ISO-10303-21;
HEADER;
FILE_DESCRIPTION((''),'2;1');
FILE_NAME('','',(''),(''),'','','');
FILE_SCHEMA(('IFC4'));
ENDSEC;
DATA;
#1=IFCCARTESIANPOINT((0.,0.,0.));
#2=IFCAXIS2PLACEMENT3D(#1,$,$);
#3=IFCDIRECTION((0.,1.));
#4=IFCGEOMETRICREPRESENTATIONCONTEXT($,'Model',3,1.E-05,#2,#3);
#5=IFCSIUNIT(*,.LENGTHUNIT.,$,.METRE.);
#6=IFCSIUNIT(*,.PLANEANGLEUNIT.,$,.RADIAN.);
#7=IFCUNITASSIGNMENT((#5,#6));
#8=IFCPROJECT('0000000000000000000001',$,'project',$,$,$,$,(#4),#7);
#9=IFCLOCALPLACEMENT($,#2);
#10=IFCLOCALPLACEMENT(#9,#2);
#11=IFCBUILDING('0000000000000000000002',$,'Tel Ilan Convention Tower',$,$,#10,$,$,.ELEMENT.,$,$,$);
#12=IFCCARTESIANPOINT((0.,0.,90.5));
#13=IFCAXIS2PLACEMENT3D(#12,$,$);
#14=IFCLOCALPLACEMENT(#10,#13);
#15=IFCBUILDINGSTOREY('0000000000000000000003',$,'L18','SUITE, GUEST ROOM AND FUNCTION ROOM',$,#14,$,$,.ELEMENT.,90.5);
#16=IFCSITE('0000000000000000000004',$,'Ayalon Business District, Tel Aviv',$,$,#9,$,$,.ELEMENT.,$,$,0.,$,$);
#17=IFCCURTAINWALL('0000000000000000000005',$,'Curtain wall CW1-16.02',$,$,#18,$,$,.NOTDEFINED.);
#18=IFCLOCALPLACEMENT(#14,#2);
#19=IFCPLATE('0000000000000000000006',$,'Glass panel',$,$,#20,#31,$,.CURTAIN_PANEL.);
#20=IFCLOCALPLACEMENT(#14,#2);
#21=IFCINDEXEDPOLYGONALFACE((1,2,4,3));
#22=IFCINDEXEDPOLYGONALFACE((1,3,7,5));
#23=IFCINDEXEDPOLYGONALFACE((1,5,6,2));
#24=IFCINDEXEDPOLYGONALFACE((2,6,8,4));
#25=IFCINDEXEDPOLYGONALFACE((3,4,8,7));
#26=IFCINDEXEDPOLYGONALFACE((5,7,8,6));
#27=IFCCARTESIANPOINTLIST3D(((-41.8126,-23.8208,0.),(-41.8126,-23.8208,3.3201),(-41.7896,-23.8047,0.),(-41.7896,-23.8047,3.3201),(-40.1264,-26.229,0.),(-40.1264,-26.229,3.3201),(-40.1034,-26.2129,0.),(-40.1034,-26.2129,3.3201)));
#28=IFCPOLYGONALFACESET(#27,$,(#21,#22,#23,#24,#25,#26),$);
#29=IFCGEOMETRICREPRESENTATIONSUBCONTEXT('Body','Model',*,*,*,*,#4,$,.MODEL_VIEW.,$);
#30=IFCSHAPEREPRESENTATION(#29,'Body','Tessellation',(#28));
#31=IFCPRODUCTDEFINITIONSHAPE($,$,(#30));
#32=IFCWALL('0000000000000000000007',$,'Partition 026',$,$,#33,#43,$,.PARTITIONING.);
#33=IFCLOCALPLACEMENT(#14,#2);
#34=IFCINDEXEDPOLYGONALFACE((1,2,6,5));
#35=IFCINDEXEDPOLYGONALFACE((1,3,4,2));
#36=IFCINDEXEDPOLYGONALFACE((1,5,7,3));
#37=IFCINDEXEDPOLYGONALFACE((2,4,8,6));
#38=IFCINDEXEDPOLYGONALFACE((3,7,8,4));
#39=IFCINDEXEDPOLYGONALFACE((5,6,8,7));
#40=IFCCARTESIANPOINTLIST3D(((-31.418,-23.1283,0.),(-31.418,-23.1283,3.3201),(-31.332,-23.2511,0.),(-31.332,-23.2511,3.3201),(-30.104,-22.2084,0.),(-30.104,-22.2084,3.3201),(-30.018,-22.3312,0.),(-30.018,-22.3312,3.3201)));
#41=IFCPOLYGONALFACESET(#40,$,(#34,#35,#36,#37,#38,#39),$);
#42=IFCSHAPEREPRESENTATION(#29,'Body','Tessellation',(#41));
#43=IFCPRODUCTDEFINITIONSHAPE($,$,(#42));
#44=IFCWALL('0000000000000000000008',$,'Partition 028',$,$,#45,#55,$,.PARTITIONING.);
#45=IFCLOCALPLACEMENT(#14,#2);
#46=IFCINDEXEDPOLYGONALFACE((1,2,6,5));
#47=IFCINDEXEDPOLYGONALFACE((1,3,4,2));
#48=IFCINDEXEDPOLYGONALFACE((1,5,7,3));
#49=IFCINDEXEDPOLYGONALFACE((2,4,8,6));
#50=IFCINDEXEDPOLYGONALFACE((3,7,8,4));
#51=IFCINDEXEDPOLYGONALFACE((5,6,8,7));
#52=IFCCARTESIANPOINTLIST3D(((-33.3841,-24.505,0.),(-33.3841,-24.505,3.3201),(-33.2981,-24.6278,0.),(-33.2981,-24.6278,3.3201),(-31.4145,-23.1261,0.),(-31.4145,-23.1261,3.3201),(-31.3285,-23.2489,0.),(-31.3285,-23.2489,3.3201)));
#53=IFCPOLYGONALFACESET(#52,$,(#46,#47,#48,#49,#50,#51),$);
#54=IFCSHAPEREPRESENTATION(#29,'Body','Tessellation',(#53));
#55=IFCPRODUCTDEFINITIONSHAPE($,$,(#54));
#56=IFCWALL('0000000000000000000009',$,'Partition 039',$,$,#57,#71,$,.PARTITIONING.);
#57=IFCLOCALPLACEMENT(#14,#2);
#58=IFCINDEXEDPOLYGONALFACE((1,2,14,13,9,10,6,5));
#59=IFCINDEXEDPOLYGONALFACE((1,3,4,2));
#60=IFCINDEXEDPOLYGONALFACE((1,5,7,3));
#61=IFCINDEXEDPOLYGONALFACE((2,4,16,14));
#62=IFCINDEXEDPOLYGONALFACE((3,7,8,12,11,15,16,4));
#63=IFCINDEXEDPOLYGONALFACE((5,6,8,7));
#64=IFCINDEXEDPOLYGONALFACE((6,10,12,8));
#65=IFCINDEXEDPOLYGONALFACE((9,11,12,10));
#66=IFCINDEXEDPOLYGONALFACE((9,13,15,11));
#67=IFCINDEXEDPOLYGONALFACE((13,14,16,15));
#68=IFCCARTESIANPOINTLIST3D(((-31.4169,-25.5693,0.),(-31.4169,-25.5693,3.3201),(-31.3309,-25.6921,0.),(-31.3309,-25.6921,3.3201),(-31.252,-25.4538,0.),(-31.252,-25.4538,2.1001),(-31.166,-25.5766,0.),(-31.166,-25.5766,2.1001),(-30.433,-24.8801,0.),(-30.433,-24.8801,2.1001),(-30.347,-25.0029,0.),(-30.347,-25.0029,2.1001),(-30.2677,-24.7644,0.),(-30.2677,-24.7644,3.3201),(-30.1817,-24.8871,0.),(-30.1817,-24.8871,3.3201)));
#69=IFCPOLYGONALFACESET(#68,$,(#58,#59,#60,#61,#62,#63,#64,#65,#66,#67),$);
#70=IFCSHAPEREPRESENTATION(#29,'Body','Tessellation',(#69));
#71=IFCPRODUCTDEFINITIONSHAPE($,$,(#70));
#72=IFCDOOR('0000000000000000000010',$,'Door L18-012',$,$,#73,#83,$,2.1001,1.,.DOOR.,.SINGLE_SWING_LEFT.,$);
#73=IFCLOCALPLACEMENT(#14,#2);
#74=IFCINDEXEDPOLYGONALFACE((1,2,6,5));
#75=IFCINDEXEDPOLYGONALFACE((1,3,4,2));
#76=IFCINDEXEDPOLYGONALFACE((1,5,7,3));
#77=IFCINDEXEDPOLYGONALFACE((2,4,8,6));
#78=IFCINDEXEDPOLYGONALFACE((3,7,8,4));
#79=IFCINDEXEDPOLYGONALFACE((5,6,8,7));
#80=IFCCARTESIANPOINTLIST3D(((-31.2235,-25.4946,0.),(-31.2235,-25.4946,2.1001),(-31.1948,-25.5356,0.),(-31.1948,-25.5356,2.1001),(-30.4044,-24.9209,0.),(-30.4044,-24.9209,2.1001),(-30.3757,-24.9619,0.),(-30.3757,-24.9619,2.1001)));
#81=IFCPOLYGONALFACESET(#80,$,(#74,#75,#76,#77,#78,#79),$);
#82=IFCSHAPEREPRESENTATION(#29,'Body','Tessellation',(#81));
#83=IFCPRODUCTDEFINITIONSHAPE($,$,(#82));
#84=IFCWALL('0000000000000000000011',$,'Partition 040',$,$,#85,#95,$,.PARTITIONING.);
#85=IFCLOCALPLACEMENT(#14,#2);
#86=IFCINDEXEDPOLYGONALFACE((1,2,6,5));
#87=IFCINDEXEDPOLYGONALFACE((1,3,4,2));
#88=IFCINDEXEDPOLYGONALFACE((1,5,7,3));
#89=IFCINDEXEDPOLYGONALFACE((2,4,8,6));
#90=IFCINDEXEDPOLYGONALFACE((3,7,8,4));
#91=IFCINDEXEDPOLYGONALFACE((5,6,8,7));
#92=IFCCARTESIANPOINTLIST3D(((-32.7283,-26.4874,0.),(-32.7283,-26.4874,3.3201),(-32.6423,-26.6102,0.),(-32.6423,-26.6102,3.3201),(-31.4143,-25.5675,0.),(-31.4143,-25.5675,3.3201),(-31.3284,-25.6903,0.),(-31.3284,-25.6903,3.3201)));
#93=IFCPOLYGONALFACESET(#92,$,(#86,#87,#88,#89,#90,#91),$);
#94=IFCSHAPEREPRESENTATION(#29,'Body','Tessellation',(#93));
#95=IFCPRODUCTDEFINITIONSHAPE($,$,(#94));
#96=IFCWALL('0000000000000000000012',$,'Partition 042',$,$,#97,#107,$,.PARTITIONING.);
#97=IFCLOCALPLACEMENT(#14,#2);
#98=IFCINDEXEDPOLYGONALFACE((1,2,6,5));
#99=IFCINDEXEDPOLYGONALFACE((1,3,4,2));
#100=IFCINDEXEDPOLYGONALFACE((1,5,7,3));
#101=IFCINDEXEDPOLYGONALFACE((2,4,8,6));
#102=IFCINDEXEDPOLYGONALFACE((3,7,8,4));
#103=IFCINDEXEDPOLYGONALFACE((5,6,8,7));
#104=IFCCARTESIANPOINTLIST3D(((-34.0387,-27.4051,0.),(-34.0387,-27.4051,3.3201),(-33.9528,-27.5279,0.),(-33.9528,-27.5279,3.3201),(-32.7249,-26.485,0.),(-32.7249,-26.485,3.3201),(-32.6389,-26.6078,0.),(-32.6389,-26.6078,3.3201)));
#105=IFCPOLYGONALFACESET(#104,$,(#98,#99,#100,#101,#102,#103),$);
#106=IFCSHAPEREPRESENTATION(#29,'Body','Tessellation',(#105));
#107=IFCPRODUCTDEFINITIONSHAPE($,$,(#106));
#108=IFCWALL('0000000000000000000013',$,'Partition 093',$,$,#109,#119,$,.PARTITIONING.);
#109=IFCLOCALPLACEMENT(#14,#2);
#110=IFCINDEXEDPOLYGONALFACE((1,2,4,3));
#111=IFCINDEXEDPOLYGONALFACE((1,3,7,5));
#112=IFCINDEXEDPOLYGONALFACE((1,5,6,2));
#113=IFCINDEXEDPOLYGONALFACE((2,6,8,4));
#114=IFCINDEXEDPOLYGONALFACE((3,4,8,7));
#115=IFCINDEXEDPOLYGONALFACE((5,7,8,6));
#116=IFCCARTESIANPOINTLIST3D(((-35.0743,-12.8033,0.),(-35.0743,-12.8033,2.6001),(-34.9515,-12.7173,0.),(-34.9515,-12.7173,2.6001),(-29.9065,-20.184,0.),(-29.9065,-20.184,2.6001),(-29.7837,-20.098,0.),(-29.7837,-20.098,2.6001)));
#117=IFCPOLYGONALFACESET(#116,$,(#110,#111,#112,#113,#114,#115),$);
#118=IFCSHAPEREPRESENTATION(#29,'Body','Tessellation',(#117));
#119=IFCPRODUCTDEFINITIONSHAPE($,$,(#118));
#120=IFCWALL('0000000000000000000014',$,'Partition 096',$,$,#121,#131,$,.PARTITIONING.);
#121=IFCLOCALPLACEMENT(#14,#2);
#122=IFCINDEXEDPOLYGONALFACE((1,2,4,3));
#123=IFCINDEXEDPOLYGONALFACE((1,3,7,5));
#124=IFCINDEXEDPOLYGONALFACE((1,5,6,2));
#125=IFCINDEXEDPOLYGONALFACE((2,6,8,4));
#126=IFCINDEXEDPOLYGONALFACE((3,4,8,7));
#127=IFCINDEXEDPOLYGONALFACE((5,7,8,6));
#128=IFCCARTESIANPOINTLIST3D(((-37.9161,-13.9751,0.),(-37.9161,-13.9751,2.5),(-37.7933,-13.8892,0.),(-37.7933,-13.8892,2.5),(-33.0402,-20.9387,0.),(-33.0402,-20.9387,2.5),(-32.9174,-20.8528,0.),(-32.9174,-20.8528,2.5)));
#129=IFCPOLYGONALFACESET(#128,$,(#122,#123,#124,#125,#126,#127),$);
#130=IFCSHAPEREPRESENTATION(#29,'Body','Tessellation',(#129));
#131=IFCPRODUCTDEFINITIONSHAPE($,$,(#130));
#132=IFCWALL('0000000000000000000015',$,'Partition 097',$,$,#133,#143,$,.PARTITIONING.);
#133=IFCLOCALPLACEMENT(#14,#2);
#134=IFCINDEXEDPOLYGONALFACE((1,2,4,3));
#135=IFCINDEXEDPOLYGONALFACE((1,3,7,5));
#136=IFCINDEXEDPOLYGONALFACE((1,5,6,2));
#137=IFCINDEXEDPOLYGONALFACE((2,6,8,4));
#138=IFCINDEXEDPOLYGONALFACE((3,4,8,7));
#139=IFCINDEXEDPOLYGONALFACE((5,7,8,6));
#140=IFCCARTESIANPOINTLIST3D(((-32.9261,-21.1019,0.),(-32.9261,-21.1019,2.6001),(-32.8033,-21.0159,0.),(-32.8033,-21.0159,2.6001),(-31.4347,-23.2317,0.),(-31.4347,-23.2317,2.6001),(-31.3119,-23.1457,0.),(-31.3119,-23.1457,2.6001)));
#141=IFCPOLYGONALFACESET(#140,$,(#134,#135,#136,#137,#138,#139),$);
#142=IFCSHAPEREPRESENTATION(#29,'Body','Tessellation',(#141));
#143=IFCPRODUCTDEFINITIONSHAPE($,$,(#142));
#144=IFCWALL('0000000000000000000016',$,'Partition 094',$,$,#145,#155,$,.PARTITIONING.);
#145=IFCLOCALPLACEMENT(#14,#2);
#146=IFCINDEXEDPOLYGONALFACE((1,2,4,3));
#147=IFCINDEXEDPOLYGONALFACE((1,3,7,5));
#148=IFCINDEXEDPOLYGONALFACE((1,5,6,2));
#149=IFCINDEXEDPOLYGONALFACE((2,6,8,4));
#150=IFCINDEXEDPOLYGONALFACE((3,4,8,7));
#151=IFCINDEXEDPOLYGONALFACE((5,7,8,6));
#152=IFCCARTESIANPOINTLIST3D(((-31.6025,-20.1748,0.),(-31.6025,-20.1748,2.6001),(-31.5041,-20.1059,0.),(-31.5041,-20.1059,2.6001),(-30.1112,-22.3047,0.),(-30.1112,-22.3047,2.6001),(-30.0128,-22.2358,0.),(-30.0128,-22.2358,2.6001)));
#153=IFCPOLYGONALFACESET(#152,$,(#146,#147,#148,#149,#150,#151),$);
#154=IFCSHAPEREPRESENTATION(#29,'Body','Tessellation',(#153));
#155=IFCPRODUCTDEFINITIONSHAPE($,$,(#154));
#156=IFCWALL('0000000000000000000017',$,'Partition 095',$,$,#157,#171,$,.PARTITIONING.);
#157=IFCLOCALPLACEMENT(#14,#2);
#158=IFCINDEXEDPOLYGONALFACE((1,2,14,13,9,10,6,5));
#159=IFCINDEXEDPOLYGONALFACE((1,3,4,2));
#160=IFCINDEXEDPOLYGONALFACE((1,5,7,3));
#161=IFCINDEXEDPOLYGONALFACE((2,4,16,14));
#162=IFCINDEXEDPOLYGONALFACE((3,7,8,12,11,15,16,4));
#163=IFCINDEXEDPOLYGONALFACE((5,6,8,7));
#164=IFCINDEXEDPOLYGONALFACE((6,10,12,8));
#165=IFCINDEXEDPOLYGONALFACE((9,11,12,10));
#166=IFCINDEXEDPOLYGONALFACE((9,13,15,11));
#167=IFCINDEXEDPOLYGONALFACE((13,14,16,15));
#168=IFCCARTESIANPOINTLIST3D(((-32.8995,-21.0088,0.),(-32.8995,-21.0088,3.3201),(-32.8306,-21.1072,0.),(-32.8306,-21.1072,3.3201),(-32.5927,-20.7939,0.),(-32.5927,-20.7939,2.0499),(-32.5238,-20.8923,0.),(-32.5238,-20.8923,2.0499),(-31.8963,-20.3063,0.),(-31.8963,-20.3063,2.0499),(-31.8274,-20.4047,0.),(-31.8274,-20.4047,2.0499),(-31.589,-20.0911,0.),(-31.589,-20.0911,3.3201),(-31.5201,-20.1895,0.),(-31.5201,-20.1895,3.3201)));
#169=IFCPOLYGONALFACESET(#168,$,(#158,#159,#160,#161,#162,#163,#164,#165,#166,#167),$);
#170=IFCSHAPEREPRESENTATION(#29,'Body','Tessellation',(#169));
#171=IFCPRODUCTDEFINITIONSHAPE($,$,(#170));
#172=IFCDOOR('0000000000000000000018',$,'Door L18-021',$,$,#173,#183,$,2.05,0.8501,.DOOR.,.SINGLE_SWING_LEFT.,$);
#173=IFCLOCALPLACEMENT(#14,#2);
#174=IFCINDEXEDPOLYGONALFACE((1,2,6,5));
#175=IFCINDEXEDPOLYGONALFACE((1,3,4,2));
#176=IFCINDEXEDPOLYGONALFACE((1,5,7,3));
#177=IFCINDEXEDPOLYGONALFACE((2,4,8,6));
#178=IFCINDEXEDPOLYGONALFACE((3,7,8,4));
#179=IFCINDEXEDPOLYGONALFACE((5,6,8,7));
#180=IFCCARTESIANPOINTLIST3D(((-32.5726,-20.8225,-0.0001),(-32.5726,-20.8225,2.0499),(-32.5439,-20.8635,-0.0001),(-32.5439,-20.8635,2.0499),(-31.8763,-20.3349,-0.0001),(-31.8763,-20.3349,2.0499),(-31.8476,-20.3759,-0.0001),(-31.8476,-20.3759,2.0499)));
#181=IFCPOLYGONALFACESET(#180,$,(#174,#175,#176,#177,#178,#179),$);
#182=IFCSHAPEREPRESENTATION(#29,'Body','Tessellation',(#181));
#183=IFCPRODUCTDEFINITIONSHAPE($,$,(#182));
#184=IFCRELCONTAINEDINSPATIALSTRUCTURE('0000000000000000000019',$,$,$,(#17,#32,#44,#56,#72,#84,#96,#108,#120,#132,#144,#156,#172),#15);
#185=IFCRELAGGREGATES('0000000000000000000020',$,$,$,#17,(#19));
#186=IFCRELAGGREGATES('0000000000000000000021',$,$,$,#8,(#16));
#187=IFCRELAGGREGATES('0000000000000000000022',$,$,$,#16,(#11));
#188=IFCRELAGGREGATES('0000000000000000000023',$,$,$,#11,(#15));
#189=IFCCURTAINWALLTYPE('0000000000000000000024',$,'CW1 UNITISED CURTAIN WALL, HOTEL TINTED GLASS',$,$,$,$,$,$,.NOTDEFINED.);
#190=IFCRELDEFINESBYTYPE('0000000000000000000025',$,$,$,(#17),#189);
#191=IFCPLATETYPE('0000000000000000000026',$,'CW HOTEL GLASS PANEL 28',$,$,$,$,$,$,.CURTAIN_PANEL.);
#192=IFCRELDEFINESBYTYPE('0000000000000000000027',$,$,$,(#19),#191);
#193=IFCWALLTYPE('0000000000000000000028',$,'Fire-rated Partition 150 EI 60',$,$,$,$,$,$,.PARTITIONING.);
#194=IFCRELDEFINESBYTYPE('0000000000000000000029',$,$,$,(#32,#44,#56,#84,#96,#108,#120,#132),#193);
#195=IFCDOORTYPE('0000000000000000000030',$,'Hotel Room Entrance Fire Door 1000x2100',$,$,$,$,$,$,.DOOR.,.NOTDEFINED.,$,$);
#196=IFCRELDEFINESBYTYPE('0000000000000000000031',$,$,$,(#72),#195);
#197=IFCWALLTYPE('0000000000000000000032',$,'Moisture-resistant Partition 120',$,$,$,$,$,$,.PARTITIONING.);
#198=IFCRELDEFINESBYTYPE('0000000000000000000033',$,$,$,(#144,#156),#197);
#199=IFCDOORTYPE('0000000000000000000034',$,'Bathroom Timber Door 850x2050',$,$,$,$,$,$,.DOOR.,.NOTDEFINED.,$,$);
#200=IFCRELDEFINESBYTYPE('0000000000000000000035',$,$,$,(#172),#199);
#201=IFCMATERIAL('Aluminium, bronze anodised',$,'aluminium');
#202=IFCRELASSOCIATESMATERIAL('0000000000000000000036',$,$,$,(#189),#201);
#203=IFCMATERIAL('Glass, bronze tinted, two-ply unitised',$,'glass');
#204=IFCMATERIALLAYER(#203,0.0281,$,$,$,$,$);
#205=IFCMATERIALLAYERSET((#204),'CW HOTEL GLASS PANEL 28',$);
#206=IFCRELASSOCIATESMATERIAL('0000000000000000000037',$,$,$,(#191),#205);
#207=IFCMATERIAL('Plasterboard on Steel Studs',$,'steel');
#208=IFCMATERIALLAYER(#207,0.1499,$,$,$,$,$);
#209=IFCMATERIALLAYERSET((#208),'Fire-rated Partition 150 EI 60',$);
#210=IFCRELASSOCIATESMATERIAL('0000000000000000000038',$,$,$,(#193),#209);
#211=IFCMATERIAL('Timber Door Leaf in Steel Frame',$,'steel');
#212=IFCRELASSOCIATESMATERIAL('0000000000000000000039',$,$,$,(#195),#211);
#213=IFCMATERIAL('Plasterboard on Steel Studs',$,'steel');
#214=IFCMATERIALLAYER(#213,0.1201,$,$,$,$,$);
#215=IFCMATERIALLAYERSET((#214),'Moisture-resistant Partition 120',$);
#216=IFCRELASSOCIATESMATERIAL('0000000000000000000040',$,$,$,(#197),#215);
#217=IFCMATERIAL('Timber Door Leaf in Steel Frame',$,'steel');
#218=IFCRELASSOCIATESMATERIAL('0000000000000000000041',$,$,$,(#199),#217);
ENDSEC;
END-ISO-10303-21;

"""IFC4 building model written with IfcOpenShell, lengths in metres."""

from ifc_helpers import new_model, si_unit, direction, frame, frame_2d, origin, origin_2d, place, context, subcontext, project, spatial, rectangle, extrude, material, layer, layer_set, type_object, element, fill, aggregate, save


model = new_model("IFC4")

# Units and contexts
model_context = context("Model", 3, precision=1e-05, world=origin(), true_north=direction((0.0, 1.0)))
body_context = subcontext(model_context, "Body", "Model", "MODEL_VIEW")
ifc_project = project(units=[si_unit("LENGTHUNIT", "METRE"), si_unit("PLANEANGLEUNIT", "RADIAN")], contexts=[model_context])

# Site, building, storey
site_placement = place(None, origin())
site = spatial("IfcSite", under=ifc_project, at=site_placement, Name="Ayalon Business District, Tel Aviv", CompositionType="ELEMENT", RefElevation=0.0)
building_placement = place(site_placement, origin())
building = spatial("IfcBuilding", under=site, at=building_placement, Name="Tel Ilan Convention Tower", CompositionType="ELEMENT")
storey_placement = place(building_placement, frame((0.0, 0.0, 90.5)))
storey = spatial("IfcBuildingStorey", under=building, at=storey_placement, Name="L18", Description="SUITE, GUEST ROOM AND FUNCTION ROOM", CompositionType="ELEMENT", Elevation=90.5)

# Curtain wall, plate
ifc_material_1 = material(Name="Aluminium, bronze anodised", Category="aluminium")
curtain_wall_type = type_object("IfcCurtainWallType", Name="CW1 UNITISED CURTAIN WALL, HOTEL TINTED GLASS", PredefinedType="NOTDEFINED", material=ifc_material_1)
curtain_wall_placement = place(storey_placement, origin())
curtain_wall = element("IfcCurtainWall", 1, at=curtain_wall_placement, inside=storey, type_object=curtain_wall_type, Name="Curtain wall CW1-16.02", PredefinedType="NOTDEFINED")
ifc_material_2 = material(Name="Glass, bronze tinted, two-ply unitised", Category="glass")
ifc_layer_1 = layer(ifc_material_2, 0.0281)
ifc_layer_set_1 = layer_set([ifc_layer_1], Name="CW HOTEL GLASS PANEL 28")
plate_type = type_object("IfcPlateType", Name="CW HOTEL GLASS PANEL 28", PredefinedType="CURTAIN_PANEL", material=ifc_layer_set_1)
plate_1_placement = place(storey_placement, frame((-40.958, -25.0168, 0.0), z_axis=(0.0, 0.0, 1.0), x_axis=(0.573576, -0.819152, 0.0)))
plate_1 = element("IfcPlate", 2, at=plate_1_placement, type_object=plate_type, Name="Glass panel", PredefinedType="CURTAIN_PANEL", context=body_context, shape_type="SweptSolid", body=[
    extrude(rectangle(XDim=2.9399, YDim=0.0281, at=origin_2d()), origin(), (0.0, 0.0, 1.0), 3.3201),
])
aggregate(curtain_wall, [plate_1])

# Walls
ifc_material_3 = material(Name="Plasterboard on Steel Studs", Category="steel")
ifc_layer_2 = layer(ifc_material_3, 0.1499)
ifc_layer_set_2 = layer_set([ifc_layer_2], Name="Fire-rated Partition 150 EI 60")
wall_type_1 = type_object("IfcWallType", Name="Fire-rated Partition 150 EI 60", PredefinedType="PARTITIONING", material=ifc_layer_set_2)
wall_1_placement = place(storey_placement, frame((-31.375, -23.1897, 0.0), z_axis=(0.0, 0.0, 1.0), x_axis=(0.819189, 0.573524, 0.0)))
element("IfcWall", 3, at=wall_1_placement, inside=storey, type_object=wall_type_1, Name="Partition 026", PredefinedType="PARTITIONING", context=body_context, shape_type="SweptSolid", body=[
    extrude(rectangle(XDim=1.604, YDim=0.1499, at=frame_2d((0.802, 0.0))), origin(), (0.0, 0.0, 1.0), 3.3201),
])
wall_2_placement = place(storey_placement, frame((-33.3411, -24.5664, 0.0), z_axis=(0.0, 0.0, 1.0), x_axis=(0.819179, 0.573537, 0.0)))
element("IfcWall", 4, at=wall_2_placement, inside=storey, type_object=wall_type_1, Name="Partition 028", PredefinedType="PARTITIONING", context=body_context, shape_type="SweptSolid", body=[
    extrude(rectangle(XDim=2.4043, YDim=0.1499, at=frame_2d((1.2021, 0.0))), origin(), (0.0, 0.0, 1.0), 3.3201),
])

# Wall, opening, door
wall_3_placement = place(storey_placement, frame((-30.2246, -24.8257, 0.0), z_axis=(0.0, 0.0, 1.0), x_axis=(-0.81906, -0.573708, 0.0)))
wall_3 = element("IfcWall", 5, at=wall_3_placement, inside=storey, type_object=wall_type_1, Name="Partition 039", PredefinedType="PARTITIONING", context=body_context, shape_type="SweptSolid", body=[
    extrude(rectangle(XDim=1.4031, YDim=0.1499, at=frame_2d((0.7017, 0.0))), origin(), (0.0, 0.0, 1.0), 3.3201),
])
opening_1_placement = place(wall_3_placement, frame((0.2019, 0.0, 0.0)))
opening_1 = element("IfcOpeningElement", 6, at=opening_1_placement, cuts=wall_3, PredefinedType="OPENING", context=body_context, shape_type="SweptSolid", body=[
    extrude(rectangle(XDim=1.0, YDim=2.1001, at=frame_2d((0.5, 1.05))), frame((0.0, 0.085, 0.0), z_axis=(0.0, -1.0, 0.0), x_axis=(1.0, 0.0, 0.0)), (0.0, 0.0, 1.0), 0.1699),
])
ifc_material_4 = material(Name="Timber Door Leaf in Steel Frame", Category="steel")
door_type_1 = type_object("IfcDoorType", Name="Hotel Room Entrance Fire Door 1000x2100", OperationType="NOTDEFINED", PredefinedType="DOOR", material=ifc_material_4)
door_1_placement = place(opening_1_placement, origin())
door_1 = element("IfcDoor", 7, at=door_1_placement, inside=storey, type_object=door_type_1, Name="Door L18-012", OperationType="SINGLE_SWING_LEFT", OverallHeight=2.1001, OverallWidth=1.0, PredefinedType="DOOR", context=body_context, shape_type="SweptSolid", body=[
    extrude(rectangle(XDim=1.0, YDim=2.1001, at=frame_2d((0.5, 1.05))), frame((0.0, 0.0249, 0.0), z_axis=(0.0, -1.0, 0.0), x_axis=(1.0, 0.0, 0.0)), (0.0, 0.0, 1.0), 0.05),
])
fill(opening_1, door_1)

# Walls
for number, where, z_axis, x_axis, name in (
    (8, (-31.3713, -25.6289, 0.0), (0.0, 0.0, 1.0), (-0.819189, -0.573524, 0.0), "Partition 040"),
    (9, (-32.6819, -26.5464, 0.0), (0.0, 0.0, 1.0), (-0.819118, -0.573626, 0.0), "Partition 042"),
):
    element("IfcWall", number, at=place(storey_placement, frame(where, z_axis=z_axis, x_axis=x_axis)), inside=storey, type_object=wall_type_1, Name=name, PredefinedType="PARTITIONING", context=body_context, shape_type="SweptSolid", body=[
        extrude(rectangle(XDim=1.604, YDim=0.1499, at=frame_2d((0.802, 0.0))), origin(), (0.0, 0.0, 1.0), 3.3201),
    ])
wall_4_placement = place(storey_placement, frame((-29.8452, -20.1409, 0.0), z_axis=(0.0, 0.0, 1.0), x_axis=(-0.573559, 0.819164, 0.0)))
element("IfcWall", 10, at=wall_4_placement, inside=storey, type_object=wall_type_1, Name="Partition 093", PredefinedType="PARTITIONING", context=body_context, shape_type="SweptSolid", body=[
    extrude(rectangle(XDim=9.01, YDim=0.1499, at=frame_2d((4.5049, 0.0))), origin(), (0.0, 0.0, 1.0), 2.6001),
])
wall_5_placement = place(storey_placement, frame((-32.9788, -20.8958, 0.0), z_axis=(0.0, 0.0, 1.0), x_axis=(-0.573576, 0.819152, 0.0)))
element("IfcWall", 11, at=wall_5_placement, inside=storey, type_object=wall_type_1, Name="Partition 096", PredefinedType="PARTITIONING", context=body_context, shape_type="SweptSolid", body=[
    extrude(rectangle(XDim=8.501, YDim=0.1499, at=frame_2d((4.2505, 0.0))), origin(), (0.0, 0.0, 1.0), 2.5),
])
wall_6_placement = place(storey_placement, frame((-31.3733, -23.1887, 0.0), z_axis=(0.0, 0.0, 1.0), x_axis=(-0.573601, 0.819135, 0.0)))
element("IfcWall", 12, at=wall_6_placement, inside=storey, type_object=wall_type_1, Name="Partition 097", PredefinedType="PARTITIONING", context=body_context, shape_type="SweptSolid", body=[
    extrude(rectangle(XDim=2.6001, YDim=0.1499, at=frame_2d((1.3, 0.0))), origin(), (0.0, 0.0, 1.0), 2.6001),
])
ifc_material_5 = material(Name="Plasterboard on Steel Studs", Category="steel")
ifc_layer_3 = layer(ifc_material_5, 0.1201)
ifc_layer_set_3 = layer_set([ifc_layer_3], Name="Moisture-resistant Partition 120")
wall_type_2 = type_object("IfcWallType", Name="Moisture-resistant Partition 120", PredefinedType="PARTITIONING", material=ifc_layer_set_3)
wall_7_placement = place(storey_placement, frame((-30.062, -22.2703, 0.0), z_axis=(0.0, 0.0, 1.0), x_axis=(-0.573538, 0.819179, 0.0)))
element("IfcWall", 13, at=wall_7_placement, inside=storey, type_object=wall_type_2, Name="Partition 094", PredefinedType="PARTITIONING", context=body_context, shape_type="SweptSolid", body=[
    extrude(rectangle(XDim=2.6001, YDim=0.1201, at=frame_2d((1.3, 0.0))), origin(), (0.0, 0.0, 1.0), 2.6001),
])

# Wall, opening, door
wall_8_placement = place(storey_placement, frame((-31.5547, -20.1404, 0.0), z_axis=(0.0, 0.0, 1.0), x_axis=(-0.819132, -0.573606, 0.0)))
wall_8 = element("IfcWall", 14, at=wall_8_placement, inside=storey, type_object=wall_type_2, Name="Partition 095", PredefinedType="PARTITIONING", context=body_context, shape_type="SweptSolid", body=[
    extrude(rectangle(XDim=1.5999, YDim=0.1201, at=frame_2d((0.7998, 0.0))), origin(), (0.0, 0.0, 1.0), 3.3201),
])
opening_2_placement = place(wall_8_placement, frame((0.375, 0.0, 0.0)))
opening_2 = element("IfcOpeningElement", 15, at=opening_2_placement, cuts=wall_8, PredefinedType="OPENING", context=body_context, shape_type="SweptSolid", body=[
    extrude(rectangle(XDim=0.8501, YDim=2.05, at=frame_2d((0.425, 1.0249))), frame((0.0, 0.0701, 0.0), z_axis=(0.0, -1.0, 0.0), x_axis=(1.0, 0.0, 0.0)), (0.0, 0.0, 1.0), 0.1401),
])
ifc_material_6 = material(Name="Timber Door Leaf in Steel Frame", Category="steel")
door_type_2 = type_object("IfcDoorType", Name="Bathroom Timber Door 850x2050", OperationType="NOTDEFINED", PredefinedType="DOOR", material=ifc_material_6)
door_2_placement = place(opening_2_placement, origin())
door_2 = element("IfcDoor", 16, at=door_2_placement, inside=storey, type_object=door_type_2, Name="Door L18-021", OperationType="SINGLE_SWING_LEFT", OverallHeight=2.05, OverallWidth=0.8501, PredefinedType="DOOR", context=body_context, shape_type="SweptSolid", body=[
    extrude(rectangle(XDim=0.8501, YDim=2.05, at=frame_2d((0.425, 1.0249))), frame((0.0, 0.0249, 0.0), z_axis=(0.0, -1.0, 0.0), x_axis=(1.0, 0.0, 0.0)), (0.0, 0.0, 1.0), 0.05),
])
fill(opening_2, door_2)

save(model, "model.ifc")
